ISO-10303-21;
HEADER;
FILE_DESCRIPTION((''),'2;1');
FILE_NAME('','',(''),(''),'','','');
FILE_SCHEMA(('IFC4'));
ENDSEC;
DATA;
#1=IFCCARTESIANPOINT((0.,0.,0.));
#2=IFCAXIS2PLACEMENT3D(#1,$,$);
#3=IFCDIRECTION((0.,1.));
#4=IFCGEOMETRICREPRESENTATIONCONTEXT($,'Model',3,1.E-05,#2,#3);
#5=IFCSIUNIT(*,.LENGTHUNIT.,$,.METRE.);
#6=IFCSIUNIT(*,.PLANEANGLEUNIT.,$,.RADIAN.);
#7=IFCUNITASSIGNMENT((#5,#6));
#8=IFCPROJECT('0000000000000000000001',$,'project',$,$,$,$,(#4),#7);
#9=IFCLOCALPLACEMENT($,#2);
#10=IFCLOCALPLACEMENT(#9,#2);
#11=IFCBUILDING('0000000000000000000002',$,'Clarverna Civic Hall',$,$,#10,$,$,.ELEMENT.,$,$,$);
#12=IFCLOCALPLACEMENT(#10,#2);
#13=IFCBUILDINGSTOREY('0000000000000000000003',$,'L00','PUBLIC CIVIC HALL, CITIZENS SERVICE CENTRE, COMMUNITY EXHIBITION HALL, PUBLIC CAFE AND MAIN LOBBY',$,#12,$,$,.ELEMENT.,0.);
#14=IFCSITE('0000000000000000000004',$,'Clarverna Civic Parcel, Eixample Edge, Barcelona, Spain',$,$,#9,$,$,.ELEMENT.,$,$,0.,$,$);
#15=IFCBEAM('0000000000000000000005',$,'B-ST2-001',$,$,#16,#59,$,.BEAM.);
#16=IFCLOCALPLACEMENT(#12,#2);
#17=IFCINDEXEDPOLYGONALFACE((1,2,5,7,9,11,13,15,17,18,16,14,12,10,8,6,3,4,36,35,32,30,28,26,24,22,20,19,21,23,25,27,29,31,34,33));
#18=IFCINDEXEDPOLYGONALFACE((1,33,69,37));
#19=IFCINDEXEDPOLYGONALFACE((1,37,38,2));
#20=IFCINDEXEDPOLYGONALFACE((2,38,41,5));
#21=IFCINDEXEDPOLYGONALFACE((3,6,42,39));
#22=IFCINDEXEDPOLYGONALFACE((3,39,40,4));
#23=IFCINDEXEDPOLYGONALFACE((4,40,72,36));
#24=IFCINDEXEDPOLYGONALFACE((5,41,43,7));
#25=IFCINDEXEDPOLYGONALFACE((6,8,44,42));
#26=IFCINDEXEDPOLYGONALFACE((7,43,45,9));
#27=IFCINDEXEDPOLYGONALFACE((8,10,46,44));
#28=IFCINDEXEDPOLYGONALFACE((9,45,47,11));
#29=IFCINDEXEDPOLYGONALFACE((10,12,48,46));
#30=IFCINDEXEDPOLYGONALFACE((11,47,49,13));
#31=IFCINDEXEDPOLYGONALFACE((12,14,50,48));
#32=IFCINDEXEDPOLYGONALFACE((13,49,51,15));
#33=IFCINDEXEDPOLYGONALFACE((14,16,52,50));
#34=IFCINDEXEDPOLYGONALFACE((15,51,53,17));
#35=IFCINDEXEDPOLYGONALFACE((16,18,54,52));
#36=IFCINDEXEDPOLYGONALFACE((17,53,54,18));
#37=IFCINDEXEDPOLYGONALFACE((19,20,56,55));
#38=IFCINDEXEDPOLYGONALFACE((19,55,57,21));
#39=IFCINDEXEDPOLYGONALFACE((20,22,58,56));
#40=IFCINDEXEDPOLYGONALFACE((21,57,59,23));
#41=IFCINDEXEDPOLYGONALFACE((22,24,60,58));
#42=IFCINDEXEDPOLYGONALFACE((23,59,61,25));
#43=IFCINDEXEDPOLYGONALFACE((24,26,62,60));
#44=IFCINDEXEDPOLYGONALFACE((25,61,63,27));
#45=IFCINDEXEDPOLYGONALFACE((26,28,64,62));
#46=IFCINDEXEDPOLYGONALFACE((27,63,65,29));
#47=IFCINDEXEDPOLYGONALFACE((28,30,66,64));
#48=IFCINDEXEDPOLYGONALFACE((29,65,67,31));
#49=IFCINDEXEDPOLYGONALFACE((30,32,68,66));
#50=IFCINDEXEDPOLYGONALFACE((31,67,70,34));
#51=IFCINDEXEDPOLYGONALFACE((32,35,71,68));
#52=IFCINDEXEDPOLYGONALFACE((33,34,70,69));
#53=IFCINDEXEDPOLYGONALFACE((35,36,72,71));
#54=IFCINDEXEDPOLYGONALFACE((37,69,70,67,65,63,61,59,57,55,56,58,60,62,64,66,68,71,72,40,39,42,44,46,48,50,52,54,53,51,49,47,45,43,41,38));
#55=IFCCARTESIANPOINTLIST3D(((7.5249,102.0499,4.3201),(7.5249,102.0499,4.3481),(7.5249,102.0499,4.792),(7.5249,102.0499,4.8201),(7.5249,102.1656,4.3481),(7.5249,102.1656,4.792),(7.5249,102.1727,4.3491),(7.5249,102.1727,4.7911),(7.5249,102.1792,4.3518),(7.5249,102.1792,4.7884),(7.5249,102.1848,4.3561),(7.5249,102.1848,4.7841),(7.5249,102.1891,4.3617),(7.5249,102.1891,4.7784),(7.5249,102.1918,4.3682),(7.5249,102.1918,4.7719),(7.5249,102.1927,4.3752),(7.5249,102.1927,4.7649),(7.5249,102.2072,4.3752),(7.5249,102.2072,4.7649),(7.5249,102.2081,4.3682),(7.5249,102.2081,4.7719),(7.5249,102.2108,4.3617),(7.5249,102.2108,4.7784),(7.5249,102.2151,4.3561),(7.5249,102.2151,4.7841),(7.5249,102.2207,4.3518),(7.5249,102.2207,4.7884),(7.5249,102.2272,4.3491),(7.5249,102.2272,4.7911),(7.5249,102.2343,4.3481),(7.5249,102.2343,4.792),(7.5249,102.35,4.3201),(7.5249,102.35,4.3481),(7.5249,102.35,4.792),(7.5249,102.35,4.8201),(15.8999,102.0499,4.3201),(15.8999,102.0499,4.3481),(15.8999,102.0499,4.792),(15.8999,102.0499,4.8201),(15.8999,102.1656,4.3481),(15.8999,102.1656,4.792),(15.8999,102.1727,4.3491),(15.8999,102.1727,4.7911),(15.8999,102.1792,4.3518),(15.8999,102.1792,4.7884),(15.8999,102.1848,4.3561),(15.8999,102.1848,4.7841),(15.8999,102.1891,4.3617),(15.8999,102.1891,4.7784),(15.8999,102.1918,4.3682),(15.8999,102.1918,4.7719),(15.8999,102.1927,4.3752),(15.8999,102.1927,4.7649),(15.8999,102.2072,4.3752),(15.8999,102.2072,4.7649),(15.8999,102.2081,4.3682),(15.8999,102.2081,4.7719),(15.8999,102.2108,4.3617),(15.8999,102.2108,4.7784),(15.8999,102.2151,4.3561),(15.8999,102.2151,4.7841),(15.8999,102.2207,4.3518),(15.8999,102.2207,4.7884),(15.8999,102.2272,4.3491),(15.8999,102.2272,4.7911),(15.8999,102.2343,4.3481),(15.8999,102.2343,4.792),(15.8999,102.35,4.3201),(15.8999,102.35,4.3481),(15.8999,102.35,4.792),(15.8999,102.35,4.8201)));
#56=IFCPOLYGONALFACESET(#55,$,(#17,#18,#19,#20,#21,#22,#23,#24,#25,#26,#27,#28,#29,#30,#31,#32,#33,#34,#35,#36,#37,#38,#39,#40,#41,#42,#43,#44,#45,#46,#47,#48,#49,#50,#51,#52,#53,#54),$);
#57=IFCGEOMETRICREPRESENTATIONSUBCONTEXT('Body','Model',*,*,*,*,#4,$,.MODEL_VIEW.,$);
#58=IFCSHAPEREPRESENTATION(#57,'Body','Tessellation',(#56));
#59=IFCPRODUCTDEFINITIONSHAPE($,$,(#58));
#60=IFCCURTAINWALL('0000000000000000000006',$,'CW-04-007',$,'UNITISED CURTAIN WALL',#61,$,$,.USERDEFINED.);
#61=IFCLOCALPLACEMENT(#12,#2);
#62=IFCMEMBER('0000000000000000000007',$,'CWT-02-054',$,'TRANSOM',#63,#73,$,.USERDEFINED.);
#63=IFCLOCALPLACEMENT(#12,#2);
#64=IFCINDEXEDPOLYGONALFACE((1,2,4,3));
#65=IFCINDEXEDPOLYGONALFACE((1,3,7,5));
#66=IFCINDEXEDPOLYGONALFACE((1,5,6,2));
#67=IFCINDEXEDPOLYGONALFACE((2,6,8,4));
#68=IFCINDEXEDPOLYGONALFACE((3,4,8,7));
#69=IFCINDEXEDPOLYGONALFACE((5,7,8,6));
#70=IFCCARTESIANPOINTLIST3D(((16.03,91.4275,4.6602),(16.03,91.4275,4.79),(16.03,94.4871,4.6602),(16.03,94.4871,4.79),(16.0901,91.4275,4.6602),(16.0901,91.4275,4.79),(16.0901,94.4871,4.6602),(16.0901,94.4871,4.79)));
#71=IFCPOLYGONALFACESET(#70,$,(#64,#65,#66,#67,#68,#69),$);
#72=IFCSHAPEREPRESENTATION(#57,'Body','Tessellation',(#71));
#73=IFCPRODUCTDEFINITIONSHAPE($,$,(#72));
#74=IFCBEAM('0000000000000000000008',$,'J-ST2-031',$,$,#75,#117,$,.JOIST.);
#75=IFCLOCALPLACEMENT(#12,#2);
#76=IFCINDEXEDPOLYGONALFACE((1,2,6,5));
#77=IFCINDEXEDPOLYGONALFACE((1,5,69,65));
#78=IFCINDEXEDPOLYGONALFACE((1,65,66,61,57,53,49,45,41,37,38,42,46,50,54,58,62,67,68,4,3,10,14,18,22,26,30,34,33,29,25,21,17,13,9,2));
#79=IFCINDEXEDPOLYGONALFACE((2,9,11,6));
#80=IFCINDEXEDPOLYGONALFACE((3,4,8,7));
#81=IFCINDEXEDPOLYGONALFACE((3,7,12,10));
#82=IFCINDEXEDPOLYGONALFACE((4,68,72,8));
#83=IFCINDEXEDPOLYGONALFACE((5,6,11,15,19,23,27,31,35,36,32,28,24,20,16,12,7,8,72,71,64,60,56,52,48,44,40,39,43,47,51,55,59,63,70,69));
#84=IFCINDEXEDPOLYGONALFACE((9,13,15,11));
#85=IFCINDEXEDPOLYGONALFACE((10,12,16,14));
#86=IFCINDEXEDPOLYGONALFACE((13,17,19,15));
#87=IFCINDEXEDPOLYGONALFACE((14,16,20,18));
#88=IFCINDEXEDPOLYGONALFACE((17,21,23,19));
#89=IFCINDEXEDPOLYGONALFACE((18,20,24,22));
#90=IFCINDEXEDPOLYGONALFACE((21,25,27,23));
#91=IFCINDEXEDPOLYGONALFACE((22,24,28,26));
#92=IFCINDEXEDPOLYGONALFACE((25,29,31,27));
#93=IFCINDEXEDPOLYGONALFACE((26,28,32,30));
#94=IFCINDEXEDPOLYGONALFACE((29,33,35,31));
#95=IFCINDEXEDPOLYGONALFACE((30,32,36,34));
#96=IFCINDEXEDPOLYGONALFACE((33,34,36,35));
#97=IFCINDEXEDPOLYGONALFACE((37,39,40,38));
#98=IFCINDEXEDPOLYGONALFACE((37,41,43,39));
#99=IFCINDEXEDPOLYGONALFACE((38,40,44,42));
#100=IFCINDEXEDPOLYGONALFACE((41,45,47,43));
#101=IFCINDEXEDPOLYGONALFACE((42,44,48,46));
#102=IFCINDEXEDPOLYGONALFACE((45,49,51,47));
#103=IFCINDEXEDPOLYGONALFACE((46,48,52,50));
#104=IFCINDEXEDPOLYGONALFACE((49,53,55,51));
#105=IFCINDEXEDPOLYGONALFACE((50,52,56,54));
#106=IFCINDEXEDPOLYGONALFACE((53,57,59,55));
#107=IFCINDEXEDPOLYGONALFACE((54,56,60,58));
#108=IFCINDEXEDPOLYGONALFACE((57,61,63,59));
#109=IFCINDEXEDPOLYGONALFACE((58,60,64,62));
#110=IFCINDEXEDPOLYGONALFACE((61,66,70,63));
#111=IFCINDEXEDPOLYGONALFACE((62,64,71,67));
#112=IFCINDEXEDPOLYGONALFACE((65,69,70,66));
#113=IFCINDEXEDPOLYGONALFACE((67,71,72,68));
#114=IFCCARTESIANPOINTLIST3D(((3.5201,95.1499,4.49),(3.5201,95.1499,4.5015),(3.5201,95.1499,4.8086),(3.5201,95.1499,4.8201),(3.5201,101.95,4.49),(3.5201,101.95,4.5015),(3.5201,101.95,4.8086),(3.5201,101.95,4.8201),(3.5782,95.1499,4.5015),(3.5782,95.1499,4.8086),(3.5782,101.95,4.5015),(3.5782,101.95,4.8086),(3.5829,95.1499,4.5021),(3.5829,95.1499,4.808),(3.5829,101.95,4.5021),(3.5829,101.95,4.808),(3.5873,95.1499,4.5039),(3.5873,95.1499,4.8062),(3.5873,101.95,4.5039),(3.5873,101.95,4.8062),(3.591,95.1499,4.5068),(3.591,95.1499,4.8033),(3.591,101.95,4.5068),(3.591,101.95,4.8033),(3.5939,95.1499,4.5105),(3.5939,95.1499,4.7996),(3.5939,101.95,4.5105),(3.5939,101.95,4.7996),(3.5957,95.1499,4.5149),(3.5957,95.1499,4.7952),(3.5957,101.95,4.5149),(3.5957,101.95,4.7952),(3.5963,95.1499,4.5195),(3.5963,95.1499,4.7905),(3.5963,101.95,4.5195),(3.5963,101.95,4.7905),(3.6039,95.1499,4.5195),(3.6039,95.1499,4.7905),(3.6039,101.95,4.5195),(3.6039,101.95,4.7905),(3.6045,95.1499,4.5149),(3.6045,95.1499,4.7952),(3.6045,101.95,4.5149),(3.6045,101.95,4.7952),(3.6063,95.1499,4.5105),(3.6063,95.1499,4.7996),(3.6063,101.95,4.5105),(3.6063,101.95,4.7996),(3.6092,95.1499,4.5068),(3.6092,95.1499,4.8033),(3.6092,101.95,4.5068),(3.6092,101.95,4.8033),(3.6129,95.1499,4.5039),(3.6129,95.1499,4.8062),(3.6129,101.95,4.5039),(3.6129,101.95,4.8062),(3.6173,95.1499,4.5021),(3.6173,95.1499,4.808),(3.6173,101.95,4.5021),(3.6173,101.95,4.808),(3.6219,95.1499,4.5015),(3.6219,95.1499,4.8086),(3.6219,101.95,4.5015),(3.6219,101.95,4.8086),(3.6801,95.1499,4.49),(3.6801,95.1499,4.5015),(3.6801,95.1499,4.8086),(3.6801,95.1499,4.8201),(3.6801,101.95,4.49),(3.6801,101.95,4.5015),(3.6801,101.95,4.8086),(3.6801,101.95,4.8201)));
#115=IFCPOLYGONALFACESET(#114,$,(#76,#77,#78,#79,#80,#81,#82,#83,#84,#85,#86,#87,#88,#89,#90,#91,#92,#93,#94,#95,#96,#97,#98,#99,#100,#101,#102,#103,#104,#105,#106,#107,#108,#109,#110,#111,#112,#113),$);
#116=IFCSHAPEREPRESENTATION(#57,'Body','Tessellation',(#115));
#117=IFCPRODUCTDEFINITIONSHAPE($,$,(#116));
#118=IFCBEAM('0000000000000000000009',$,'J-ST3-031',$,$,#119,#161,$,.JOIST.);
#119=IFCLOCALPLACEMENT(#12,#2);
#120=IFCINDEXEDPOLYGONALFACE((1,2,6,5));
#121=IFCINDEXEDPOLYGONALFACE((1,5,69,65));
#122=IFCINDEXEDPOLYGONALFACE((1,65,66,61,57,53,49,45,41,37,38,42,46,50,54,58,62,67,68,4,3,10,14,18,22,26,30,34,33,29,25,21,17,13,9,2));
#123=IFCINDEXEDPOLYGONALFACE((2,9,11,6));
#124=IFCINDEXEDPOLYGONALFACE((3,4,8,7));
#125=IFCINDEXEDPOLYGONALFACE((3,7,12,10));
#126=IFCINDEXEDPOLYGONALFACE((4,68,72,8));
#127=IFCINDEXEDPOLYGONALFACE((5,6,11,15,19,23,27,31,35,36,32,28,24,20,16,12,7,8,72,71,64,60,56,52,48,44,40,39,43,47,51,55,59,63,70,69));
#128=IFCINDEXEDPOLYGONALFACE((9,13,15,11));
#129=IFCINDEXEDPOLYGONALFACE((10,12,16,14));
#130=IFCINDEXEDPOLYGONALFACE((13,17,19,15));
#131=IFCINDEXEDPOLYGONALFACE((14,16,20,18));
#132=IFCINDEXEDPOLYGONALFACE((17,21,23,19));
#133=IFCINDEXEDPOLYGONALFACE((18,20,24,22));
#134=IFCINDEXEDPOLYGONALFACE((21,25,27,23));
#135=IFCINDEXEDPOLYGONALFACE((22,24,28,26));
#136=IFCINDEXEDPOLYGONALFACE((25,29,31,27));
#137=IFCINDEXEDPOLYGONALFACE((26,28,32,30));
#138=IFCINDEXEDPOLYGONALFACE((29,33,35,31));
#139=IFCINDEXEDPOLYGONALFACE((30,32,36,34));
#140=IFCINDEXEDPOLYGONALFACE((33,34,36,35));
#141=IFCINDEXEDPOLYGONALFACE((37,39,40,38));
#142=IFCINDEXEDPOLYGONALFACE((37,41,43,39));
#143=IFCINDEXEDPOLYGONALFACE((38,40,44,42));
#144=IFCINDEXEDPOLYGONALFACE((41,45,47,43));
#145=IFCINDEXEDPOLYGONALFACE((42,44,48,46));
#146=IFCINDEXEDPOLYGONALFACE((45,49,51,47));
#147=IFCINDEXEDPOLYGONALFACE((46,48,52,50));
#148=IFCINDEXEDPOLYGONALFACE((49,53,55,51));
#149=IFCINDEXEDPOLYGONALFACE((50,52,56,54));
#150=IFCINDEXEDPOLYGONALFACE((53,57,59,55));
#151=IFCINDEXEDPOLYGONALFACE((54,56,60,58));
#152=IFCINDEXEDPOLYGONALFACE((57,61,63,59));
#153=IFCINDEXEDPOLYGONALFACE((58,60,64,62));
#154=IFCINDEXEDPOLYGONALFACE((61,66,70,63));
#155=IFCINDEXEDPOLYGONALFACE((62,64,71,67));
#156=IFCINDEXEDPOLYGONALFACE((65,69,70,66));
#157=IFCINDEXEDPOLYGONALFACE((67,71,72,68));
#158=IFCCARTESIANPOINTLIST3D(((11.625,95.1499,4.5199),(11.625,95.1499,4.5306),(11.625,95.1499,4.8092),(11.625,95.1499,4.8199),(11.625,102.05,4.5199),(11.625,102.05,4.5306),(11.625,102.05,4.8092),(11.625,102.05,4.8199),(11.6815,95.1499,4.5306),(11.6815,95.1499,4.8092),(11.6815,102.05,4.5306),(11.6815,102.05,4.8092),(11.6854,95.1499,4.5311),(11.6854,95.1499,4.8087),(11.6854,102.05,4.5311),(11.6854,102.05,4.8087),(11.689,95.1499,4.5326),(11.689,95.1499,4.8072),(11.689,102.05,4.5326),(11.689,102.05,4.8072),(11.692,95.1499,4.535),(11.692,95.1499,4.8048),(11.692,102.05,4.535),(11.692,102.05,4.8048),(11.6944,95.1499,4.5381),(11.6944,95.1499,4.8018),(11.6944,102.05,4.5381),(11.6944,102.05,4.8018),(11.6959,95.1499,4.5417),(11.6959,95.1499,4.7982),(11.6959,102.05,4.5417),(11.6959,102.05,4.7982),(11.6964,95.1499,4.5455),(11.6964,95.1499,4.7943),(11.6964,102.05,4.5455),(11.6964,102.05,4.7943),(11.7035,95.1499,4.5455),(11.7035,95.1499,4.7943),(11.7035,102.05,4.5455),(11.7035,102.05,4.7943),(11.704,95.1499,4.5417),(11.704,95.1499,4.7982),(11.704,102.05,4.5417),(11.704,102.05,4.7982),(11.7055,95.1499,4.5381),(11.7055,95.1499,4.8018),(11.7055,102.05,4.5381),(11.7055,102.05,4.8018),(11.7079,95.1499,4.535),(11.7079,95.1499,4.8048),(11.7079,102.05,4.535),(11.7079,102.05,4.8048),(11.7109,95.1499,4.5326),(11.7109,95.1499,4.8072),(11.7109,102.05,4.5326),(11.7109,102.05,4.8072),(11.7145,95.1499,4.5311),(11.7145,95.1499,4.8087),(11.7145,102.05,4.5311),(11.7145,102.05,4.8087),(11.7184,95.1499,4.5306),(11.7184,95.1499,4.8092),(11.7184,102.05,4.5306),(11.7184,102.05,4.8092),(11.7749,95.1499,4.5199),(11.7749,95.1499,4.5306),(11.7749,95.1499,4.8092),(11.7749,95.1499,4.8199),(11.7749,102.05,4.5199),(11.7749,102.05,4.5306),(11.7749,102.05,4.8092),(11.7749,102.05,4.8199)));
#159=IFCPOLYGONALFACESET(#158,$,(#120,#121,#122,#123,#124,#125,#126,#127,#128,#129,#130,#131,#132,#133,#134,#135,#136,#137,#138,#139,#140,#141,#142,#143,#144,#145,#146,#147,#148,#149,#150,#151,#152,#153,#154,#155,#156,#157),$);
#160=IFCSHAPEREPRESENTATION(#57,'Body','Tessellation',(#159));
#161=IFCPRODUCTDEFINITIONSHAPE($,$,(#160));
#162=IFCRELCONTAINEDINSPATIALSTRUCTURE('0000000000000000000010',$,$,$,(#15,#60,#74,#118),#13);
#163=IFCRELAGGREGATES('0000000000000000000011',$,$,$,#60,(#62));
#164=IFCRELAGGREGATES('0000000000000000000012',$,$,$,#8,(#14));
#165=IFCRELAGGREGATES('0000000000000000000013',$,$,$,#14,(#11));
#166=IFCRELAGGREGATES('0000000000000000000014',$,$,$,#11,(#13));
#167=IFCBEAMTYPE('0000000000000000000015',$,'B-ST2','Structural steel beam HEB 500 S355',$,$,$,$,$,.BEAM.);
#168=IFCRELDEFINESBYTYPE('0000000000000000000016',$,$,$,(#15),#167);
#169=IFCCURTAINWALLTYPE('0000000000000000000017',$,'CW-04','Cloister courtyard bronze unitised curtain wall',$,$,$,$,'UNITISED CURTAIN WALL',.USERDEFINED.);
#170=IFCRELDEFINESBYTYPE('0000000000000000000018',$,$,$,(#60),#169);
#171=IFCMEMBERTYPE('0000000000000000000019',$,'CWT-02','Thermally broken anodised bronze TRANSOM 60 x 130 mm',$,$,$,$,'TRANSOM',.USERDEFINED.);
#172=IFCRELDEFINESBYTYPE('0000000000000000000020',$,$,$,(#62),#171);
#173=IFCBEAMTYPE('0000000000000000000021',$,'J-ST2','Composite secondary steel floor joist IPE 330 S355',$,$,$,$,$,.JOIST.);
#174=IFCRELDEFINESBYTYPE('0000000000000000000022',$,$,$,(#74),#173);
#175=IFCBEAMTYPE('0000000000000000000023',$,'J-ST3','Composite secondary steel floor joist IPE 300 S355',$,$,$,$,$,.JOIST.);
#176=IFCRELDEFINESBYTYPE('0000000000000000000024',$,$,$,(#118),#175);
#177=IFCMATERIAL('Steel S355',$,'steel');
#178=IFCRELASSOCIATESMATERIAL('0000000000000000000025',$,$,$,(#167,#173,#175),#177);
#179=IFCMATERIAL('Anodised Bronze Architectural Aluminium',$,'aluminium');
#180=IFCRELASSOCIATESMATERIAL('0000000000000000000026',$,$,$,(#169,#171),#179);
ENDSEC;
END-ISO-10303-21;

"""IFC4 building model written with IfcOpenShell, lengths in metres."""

from ifc_helpers import new_model, si_unit, direction, frame, origin, origin_2d, place, context, subcontext, project, spatial, rectangle, i_section, extrude, material, material_profile, profile_set, type_object, element, aggregate, save


model = new_model("IFC4")

# Units and contexts
model_context = context("Model", 3, precision=1e-05, world=origin(), true_north=direction((0.0, 1.0)))
body_context = subcontext(model_context, "Body", "Model", "MODEL_VIEW")
ifc_project = project(units=[si_unit("LENGTHUNIT", "METRE"), si_unit("PLANEANGLEUNIT", "RADIAN")], contexts=[model_context])

# Site, building, storey
site_placement = place(None, origin())
site = spatial("IfcSite", under=ifc_project, at=site_placement, Name="Clarverna Civic Parcel, Eixample Edge, Barcelona, Spain", CompositionType="ELEMENT", RefElevation=0.0)
building_placement = place(site_placement, origin())
building = spatial("IfcBuilding", under=site, at=building_placement, Name="Clarverna Civic Hall", CompositionType="ELEMENT")
storey_placement = place(building_placement, origin())
storey = spatial("IfcBuildingStorey", under=building, at=storey_placement, Name="L00", Description="PUBLIC CIVIC HALL, CITIZENS SERVICE CENTRE, COMMUNITY EXHIBITION HALL, PUBLIC CAFE AND MAIN LOBBY", CompositionType="ELEMENT", Elevation=0.0)

# Beam
ifc_material_1 = material(Name="Steel S355", Category="steel")
ifc_material_profile_1 = material_profile(ifc_material_1, i_section(OverallWidth=0.3, OverallDepth=0.5, WebThickness=0.0144, FlangeThickness=0.0281, FilletRadius=0.0271, at=origin_2d()), Name="HEB 500")
ifc_profile_set_1 = profile_set([ifc_material_profile_1], Name="Steel S355")
beam_type_1 = type_object("IfcBeamType", Name="B-ST2", Description="Structural steel beam HEB 500 S355", PredefinedType="BEAM", material=ifc_profile_set_1)
beam_1_placement = place(storey_placement, frame((7.5249, 102.2, 4.5701), z_axis=(1.0, 0.0, 0.0), x_axis=(0.0, 1.0, 0.0)))
element("IfcBeam", 1, at=beam_1_placement, inside=storey, type_object=beam_type_1, Name="B-ST2-001", PredefinedType="BEAM", context=body_context, shape_type="SweptSolid", body=[
    extrude(i_section(OverallWidth=0.3, OverallDepth=0.5, WebThickness=0.0144, FlangeThickness=0.0281, FilletRadius=0.0271, at=origin_2d()), origin(), (0.0, 0.0, 1.0), 8.375),
])

# Curtain wall, member
ifc_material_2 = material(Name="Anodised Bronze Architectural Aluminium", Category="aluminium")
curtain_wall_type = type_object("IfcCurtainWallType", Name="CW-04", Description="Cloister courtyard bronze unitised curtain wall", ElementType="UNITISED CURTAIN WALL", PredefinedType="USERDEFINED", material=ifc_material_2)
curtain_wall_placement = place(storey_placement, origin())
curtain_wall = element("IfcCurtainWall", 2, at=curtain_wall_placement, inside=storey, type_object=curtain_wall_type, Name="CW-04-007", ObjectType="UNITISED CURTAIN WALL", PredefinedType="USERDEFINED")
ifc_material_profile_2 = material_profile(ifc_material_2, rectangle(XDim=0.0601, YDim=0.1299, at=origin_2d()), Name="BRONZE 60x130")
ifc_profile_set_2 = profile_set([ifc_material_profile_2], Name="Anodised Bronze Architectural Aluminium")
member_type = type_object("IfcMemberType", Name="CWT-02", Description="Thermally broken anodised bronze TRANSOM 60 x 130 mm", ElementType="TRANSOM", PredefinedType="USERDEFINED", material=ifc_profile_set_2)
member_placement = place(storey_placement, frame((16.0601, 94.4871, 4.7251), z_axis=(0.0, -1.0, 0.0), x_axis=(1.0, 0.0, 0.0)))
member = element("IfcMember", 3, at=member_placement, type_object=member_type, Name="CWT-02-054", ObjectType="TRANSOM", PredefinedType="USERDEFINED", context=body_context, shape_type="SweptSolid", body=[
    extrude(rectangle(XDim=0.0601, YDim=0.1299, at=origin_2d()), origin(), (0.0, 0.0, 1.0), 3.0596),
])

# Beams
ifc_material_profile_3 = material_profile(ifc_material_1, i_section(OverallWidth=0.1599, OverallDepth=0.3301, WebThickness=0.0076, FlangeThickness=0.0115, FilletRadius=0.0181, at=origin_2d()), Name="IPE 330")
ifc_profile_set_3 = profile_set([ifc_material_profile_3], Name="Steel S355")
beam_type_2 = type_object("IfcBeamType", Name="J-ST2", Description="Composite secondary steel floor joist IPE 330 S355", PredefinedType="JOIST", material=ifc_profile_set_3)
beam_2_placement = place(storey_placement, frame((3.6001, 95.1499, 4.655), z_axis=(0.0, 1.0, 0.0), x_axis=(-1.0, 0.0, 0.0)))
element("IfcBeam", 4, at=beam_2_placement, inside=storey, type_object=beam_type_2, Name="J-ST2-031", PredefinedType="JOIST", context=body_context, shape_type="SweptSolid", body=[
    extrude(i_section(OverallWidth=0.1599, OverallDepth=0.3301, WebThickness=0.0076, FlangeThickness=0.0115, FilletRadius=0.0181, at=origin_2d()), origin(), (0.0, 0.0, 1.0), 6.8),
])
ifc_material_profile_4 = material_profile(ifc_material_1, i_section(OverallWidth=0.1499, OverallDepth=0.3, WebThickness=0.0071, FlangeThickness=0.0107, FilletRadius=0.0149, at=origin_2d()), Name="IPE 300")
ifc_profile_set_4 = profile_set([ifc_material_profile_4], Name="Steel S355")
beam_type_3 = type_object("IfcBeamType", Name="J-ST3", Description="Composite secondary steel floor joist IPE 300 S355", PredefinedType="JOIST", material=ifc_profile_set_4)
beam_3_placement = place(storey_placement, frame((11.7, 95.1499, 4.6699), z_axis=(0.0, 1.0, 0.0), x_axis=(-1.0, 0.0, 0.0)))
element("IfcBeam", 5, at=beam_3_placement, inside=storey, type_object=beam_type_3, Name="J-ST3-031", PredefinedType="JOIST", context=body_context, shape_type="SweptSolid", body=[
    extrude(i_section(OverallWidth=0.1499, OverallDepth=0.3, WebThickness=0.0071, FlangeThickness=0.0107, FilletRadius=0.0149, at=origin_2d()), origin(), (0.0, 0.0, 1.0), 6.9001),
])

aggregate(curtain_wall, [member])

save(model, "model.ifc")
